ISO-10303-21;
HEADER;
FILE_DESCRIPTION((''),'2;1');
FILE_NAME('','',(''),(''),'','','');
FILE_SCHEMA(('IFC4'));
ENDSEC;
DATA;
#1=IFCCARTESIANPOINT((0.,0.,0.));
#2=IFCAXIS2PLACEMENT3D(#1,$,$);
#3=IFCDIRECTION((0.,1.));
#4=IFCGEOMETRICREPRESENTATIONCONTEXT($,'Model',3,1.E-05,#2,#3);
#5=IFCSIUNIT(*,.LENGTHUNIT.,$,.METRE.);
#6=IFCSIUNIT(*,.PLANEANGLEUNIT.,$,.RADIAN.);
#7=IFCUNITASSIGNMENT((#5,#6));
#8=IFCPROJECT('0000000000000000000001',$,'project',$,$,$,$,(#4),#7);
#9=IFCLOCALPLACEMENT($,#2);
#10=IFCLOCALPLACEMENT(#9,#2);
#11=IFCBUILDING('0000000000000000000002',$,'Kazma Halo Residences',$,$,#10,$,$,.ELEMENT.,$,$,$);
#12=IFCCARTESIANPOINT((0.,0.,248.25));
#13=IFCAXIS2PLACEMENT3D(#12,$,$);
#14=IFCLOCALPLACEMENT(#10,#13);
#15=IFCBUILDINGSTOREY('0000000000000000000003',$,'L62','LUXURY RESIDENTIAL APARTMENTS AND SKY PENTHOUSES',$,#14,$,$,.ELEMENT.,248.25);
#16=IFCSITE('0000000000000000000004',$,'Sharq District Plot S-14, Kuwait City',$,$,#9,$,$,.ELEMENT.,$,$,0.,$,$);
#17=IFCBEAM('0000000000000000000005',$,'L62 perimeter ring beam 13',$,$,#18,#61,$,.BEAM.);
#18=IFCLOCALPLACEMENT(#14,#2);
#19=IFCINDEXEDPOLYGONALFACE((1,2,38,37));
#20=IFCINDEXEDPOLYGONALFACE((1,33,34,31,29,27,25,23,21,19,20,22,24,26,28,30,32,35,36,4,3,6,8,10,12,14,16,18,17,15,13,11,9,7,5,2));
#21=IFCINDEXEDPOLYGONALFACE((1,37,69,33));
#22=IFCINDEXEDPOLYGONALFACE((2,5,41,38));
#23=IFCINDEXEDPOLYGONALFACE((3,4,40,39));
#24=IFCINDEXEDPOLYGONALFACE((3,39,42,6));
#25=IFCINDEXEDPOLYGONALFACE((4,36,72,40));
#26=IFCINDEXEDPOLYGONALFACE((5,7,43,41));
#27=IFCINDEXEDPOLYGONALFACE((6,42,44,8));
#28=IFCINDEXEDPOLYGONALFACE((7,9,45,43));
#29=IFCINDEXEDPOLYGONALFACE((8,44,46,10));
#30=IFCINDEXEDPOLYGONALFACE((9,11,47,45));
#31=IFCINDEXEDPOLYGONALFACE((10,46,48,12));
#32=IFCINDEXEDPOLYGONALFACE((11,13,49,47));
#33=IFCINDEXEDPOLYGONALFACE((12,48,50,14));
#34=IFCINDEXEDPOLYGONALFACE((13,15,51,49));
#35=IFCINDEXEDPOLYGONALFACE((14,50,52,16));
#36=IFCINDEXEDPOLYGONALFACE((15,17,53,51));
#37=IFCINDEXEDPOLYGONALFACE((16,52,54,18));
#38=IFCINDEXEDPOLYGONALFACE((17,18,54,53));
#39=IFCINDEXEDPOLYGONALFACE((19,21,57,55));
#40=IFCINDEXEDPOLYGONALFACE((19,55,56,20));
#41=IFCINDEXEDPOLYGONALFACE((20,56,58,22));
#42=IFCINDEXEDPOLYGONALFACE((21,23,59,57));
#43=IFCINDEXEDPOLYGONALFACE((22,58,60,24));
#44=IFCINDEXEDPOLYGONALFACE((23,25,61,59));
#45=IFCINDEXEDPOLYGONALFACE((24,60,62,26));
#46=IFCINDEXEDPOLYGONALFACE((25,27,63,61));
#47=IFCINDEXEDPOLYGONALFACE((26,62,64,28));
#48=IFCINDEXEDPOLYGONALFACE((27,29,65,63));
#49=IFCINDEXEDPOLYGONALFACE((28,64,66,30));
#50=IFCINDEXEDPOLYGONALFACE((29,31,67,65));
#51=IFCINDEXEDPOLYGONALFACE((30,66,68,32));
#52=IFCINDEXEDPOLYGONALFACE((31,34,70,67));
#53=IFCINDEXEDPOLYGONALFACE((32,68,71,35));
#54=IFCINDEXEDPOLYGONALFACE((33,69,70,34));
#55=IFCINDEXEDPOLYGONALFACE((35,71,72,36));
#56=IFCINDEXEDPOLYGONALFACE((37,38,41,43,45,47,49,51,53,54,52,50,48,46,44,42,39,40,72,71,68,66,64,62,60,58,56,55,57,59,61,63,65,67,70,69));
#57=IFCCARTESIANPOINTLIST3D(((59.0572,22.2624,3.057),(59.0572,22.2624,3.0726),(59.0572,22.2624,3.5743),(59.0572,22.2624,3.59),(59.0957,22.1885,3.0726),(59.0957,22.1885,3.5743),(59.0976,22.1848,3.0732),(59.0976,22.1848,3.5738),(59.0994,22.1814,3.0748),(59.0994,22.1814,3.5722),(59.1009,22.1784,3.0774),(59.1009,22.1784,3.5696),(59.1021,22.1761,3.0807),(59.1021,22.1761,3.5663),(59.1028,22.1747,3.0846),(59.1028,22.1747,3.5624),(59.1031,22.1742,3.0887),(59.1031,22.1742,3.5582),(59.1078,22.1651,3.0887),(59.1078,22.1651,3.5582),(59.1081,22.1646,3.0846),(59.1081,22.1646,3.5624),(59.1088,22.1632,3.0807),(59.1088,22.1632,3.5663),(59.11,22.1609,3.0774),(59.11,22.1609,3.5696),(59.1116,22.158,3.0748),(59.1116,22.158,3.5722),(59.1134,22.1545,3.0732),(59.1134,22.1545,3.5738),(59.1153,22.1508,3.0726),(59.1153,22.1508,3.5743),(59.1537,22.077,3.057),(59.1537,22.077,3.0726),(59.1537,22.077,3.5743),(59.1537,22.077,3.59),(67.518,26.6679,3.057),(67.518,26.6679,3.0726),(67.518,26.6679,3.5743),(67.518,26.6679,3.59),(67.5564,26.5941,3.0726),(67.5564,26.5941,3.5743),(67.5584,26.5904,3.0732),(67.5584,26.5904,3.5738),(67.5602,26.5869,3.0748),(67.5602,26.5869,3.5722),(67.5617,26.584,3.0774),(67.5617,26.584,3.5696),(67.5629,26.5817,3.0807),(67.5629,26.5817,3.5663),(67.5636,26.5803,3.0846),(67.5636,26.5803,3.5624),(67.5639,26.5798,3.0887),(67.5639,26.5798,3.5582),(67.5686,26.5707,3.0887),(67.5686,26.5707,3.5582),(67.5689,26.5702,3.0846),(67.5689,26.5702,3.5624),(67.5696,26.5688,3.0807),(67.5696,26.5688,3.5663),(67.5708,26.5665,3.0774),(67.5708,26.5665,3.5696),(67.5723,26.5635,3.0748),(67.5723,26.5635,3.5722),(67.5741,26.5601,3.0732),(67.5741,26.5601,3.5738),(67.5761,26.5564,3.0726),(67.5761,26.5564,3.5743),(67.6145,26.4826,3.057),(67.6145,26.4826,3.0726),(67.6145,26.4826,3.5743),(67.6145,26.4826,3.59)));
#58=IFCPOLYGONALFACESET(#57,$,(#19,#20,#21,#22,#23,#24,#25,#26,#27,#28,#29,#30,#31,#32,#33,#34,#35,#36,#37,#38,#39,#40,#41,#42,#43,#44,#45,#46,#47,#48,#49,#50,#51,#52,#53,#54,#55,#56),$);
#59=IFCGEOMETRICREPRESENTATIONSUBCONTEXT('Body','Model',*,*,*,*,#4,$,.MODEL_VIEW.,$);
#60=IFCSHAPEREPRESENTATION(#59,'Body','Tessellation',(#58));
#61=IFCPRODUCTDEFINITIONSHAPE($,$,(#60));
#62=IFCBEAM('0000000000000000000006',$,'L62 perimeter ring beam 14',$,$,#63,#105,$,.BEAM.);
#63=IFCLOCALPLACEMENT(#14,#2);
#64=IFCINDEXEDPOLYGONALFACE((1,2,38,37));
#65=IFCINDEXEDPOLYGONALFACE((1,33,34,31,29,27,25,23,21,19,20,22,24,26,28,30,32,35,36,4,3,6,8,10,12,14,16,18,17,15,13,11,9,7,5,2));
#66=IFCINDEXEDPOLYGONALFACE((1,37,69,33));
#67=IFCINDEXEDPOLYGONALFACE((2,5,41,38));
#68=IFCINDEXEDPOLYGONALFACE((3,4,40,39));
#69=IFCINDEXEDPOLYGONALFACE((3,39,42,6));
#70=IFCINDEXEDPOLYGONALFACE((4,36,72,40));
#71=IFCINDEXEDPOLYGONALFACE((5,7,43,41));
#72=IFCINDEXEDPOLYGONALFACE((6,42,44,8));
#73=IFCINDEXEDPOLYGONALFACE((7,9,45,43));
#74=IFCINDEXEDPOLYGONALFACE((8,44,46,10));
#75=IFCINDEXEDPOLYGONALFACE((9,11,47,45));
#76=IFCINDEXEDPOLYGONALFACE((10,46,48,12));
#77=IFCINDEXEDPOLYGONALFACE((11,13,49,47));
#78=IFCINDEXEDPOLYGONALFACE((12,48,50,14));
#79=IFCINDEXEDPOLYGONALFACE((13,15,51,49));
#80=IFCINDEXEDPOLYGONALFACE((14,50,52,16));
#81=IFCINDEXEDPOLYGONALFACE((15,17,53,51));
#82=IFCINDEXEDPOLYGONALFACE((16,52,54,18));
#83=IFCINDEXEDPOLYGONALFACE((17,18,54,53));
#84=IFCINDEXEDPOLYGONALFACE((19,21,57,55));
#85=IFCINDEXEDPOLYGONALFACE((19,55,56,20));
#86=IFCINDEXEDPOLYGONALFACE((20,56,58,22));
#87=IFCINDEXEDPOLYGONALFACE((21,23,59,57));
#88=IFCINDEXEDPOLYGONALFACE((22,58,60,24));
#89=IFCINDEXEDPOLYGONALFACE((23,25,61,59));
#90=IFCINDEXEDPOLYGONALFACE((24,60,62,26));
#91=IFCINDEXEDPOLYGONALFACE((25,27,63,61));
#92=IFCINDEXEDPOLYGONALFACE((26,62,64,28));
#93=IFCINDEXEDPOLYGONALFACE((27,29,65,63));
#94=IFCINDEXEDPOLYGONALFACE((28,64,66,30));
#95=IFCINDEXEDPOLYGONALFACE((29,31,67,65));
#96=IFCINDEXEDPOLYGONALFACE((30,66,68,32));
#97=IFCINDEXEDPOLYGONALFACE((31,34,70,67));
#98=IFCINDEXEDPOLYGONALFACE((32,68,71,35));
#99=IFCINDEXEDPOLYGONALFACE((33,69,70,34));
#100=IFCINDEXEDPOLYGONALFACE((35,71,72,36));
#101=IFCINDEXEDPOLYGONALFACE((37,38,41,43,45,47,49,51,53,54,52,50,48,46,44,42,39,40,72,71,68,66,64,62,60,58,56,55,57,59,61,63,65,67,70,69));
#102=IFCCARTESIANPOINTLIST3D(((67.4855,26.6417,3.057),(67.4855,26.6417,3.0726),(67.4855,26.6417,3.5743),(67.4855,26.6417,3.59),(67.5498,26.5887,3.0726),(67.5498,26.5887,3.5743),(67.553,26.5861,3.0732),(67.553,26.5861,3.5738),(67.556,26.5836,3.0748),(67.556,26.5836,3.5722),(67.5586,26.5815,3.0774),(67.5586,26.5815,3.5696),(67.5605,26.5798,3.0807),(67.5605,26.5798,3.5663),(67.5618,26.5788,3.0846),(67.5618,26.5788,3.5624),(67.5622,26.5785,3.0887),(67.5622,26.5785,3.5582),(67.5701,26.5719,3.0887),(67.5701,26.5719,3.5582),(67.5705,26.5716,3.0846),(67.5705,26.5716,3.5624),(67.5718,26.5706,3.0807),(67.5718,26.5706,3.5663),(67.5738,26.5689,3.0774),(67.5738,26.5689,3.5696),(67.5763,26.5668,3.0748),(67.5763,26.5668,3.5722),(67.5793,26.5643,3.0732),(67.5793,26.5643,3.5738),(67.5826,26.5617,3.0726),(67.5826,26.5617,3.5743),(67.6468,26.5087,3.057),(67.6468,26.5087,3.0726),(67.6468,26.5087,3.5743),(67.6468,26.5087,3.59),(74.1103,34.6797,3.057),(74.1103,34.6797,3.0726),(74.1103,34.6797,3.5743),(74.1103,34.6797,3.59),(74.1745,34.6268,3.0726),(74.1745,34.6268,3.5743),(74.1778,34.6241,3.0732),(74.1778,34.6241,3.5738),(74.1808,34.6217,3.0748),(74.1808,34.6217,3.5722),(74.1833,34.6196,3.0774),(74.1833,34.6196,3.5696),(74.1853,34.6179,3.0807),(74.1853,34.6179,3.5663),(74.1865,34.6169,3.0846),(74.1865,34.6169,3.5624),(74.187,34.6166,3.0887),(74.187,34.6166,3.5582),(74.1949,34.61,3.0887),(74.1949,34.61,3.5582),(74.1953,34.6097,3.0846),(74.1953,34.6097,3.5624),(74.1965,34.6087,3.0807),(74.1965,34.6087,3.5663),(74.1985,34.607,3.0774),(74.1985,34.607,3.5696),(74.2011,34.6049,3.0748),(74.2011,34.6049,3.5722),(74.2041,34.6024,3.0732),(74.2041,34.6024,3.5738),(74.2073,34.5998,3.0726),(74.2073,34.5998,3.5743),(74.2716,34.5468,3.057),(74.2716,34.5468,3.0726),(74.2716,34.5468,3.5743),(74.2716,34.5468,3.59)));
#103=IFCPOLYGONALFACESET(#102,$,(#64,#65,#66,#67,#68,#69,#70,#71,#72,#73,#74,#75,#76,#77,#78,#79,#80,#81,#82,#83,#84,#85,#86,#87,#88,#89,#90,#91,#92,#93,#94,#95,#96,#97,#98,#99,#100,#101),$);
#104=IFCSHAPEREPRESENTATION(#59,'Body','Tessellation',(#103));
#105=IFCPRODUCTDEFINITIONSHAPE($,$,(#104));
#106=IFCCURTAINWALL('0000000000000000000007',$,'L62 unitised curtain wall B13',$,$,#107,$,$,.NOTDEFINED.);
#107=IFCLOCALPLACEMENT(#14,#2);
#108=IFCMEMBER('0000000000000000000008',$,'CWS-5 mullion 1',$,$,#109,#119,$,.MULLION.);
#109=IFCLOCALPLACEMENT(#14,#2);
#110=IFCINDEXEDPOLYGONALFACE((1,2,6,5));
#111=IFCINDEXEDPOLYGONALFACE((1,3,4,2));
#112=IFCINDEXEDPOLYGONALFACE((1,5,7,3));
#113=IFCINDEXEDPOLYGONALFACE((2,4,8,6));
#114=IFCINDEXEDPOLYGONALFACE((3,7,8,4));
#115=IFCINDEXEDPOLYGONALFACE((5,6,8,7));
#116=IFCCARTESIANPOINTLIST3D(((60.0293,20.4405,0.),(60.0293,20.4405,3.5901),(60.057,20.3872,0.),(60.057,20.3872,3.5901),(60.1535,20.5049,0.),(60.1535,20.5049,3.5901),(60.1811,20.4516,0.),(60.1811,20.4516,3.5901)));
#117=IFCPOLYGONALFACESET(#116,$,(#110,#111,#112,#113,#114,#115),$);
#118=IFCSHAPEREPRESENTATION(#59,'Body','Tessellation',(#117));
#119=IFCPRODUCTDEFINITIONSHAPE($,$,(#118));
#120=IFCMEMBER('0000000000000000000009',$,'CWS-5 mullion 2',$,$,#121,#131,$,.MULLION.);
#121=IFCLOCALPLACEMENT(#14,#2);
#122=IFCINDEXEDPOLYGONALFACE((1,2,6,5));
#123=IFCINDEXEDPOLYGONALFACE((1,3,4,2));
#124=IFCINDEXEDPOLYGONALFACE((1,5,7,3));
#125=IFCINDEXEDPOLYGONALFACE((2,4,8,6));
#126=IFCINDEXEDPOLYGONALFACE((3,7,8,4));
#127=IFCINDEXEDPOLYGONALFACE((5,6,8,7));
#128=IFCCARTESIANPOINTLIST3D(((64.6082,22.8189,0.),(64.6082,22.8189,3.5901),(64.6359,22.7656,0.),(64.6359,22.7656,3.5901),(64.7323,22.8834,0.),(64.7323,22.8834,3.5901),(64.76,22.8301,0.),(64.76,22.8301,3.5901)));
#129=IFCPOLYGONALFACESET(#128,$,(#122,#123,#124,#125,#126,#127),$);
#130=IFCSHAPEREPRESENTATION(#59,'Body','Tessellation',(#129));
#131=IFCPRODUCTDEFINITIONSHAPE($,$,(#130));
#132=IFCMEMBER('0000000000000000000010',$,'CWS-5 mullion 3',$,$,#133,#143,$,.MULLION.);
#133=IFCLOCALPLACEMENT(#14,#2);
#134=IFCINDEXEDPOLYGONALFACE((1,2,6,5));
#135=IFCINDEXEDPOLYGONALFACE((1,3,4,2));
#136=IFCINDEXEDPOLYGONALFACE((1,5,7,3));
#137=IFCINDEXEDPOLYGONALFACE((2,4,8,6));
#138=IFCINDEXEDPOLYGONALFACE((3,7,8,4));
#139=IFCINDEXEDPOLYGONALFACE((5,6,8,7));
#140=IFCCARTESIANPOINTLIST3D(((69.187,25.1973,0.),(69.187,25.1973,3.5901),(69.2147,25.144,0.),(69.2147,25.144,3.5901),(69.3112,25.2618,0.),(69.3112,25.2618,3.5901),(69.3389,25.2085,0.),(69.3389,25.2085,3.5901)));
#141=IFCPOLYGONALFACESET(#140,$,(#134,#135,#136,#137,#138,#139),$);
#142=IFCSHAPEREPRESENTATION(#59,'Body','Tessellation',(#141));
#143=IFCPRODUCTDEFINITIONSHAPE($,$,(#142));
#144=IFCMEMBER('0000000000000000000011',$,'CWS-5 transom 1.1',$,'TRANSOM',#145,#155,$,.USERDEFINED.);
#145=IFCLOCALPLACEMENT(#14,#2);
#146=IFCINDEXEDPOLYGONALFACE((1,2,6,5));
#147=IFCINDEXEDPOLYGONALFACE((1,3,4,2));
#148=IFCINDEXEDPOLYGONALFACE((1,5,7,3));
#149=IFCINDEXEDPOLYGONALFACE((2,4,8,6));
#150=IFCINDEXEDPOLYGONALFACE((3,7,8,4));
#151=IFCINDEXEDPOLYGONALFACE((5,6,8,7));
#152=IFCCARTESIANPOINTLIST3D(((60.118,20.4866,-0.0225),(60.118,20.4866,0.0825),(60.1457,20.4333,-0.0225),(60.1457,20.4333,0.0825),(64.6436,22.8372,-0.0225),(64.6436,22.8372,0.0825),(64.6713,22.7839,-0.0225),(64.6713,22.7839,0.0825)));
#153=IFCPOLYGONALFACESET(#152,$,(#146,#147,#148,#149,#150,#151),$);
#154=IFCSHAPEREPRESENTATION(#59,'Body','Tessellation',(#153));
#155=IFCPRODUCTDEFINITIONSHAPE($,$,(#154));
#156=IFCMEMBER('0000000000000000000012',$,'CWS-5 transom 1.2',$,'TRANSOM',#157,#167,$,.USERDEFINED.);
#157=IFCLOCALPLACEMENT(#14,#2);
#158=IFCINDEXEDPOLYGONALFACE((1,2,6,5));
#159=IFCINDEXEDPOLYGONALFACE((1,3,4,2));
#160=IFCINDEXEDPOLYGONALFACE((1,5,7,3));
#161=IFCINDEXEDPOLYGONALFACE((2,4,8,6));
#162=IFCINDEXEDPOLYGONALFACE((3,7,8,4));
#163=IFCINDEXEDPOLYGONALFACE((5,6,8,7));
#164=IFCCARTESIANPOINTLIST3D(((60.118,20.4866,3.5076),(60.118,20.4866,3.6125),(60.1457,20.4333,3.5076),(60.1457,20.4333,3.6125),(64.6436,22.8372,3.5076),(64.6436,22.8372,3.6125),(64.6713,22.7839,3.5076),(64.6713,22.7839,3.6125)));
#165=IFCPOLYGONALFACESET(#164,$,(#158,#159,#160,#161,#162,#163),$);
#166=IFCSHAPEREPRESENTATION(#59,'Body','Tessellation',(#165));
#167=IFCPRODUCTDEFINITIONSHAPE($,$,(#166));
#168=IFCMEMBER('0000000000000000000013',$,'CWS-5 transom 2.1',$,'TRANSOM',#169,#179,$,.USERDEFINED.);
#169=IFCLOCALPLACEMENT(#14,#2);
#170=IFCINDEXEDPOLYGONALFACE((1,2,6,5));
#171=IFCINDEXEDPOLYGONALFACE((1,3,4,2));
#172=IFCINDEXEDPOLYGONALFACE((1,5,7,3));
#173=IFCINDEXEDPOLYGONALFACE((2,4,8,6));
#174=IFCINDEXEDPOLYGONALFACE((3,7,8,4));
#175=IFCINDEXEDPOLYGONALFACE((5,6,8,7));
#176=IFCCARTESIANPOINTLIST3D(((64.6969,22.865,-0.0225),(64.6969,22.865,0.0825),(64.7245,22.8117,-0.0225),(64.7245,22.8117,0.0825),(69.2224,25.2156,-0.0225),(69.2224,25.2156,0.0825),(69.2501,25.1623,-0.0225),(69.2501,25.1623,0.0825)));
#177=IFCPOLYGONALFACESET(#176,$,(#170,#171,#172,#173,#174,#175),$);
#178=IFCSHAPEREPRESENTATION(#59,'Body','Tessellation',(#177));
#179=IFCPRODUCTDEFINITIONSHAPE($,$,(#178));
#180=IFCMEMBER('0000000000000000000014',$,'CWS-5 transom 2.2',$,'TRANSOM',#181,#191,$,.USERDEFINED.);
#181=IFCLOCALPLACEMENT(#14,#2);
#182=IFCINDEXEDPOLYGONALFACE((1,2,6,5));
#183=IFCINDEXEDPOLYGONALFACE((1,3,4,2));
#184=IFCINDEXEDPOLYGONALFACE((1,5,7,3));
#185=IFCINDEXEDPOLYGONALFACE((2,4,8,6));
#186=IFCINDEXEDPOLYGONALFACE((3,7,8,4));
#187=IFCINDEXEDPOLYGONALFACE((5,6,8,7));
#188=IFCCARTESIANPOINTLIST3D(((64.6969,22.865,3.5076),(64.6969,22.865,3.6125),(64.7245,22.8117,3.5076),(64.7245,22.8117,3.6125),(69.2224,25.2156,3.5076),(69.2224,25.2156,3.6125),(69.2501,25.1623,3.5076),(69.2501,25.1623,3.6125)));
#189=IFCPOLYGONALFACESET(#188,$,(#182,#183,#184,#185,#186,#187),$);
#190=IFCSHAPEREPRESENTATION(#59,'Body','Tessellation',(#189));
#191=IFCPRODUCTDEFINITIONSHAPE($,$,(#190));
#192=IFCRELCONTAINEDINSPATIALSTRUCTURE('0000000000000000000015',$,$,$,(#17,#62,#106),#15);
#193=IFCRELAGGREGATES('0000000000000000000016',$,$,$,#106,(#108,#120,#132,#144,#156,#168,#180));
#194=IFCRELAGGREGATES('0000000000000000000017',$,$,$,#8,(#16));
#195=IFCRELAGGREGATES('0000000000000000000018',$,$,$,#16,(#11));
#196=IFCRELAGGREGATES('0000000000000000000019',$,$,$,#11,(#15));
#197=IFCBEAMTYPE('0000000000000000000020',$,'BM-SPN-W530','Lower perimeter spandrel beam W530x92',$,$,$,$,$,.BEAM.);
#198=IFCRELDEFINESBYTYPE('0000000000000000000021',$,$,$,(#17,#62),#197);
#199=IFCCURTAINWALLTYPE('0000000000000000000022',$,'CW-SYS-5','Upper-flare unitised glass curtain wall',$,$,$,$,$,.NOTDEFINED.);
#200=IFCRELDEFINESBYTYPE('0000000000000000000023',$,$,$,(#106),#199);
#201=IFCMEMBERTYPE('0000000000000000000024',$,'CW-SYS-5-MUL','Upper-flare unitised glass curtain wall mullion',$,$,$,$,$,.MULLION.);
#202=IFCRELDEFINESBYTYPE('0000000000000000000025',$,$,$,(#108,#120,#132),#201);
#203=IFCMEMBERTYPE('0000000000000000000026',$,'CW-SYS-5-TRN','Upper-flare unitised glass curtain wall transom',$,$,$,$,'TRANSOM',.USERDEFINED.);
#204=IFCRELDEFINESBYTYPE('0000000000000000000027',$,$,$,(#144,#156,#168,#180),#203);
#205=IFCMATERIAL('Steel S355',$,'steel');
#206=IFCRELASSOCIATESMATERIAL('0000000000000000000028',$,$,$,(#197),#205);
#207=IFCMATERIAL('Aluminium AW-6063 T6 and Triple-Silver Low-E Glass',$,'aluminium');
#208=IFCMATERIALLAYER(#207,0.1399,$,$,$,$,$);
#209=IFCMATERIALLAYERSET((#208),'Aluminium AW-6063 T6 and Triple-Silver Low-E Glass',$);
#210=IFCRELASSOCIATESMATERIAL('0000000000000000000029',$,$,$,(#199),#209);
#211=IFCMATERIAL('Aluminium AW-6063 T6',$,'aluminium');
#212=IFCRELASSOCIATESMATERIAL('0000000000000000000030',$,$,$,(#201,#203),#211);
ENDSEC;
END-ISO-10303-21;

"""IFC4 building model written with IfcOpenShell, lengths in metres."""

from ifc_helpers import new_model, si_unit, direction, frame, origin, origin_2d, place, context, subcontext, project, spatial, rectangle, i_section, extrude, material, layer, layer_set, material_profile, profile_set, type_object, element, aggregate, save


model = new_model("IFC4")

# Units and contexts
model_context = context("Model", 3, precision=1e-05, world=origin(), true_north=direction((0.0, 1.0)))
body_context = subcontext(model_context, "Body", "Model", "MODEL_VIEW")
ifc_project = project(units=[si_unit("LENGTHUNIT", "METRE"), si_unit("PLANEANGLEUNIT", "RADIAN")], contexts=[model_context])

# Site, building, storey
site_placement = place(None, origin())
site = spatial("IfcSite", under=ifc_project, at=site_placement, Name="Sharq District Plot S-14, Kuwait City", CompositionType="ELEMENT", RefElevation=0.0)
building_placement = place(site_placement, origin())
building = spatial("IfcBuilding", under=site, at=building_placement, Name="Kazma Halo Residences", CompositionType="ELEMENT")
storey_placement = place(building_placement, frame((0.0, 0.0, 248.25)))
storey = spatial("IfcBuildingStorey", under=building, at=storey_placement, Name="L62", Description="LUXURY RESIDENTIAL APARTMENTS AND SKY PENTHOUSES", CompositionType="ELEMENT", Elevation=248.25)

# Beams
ifc_material_1 = material(Name="Steel S355", Category="steel")
ifc_material_profile_1 = material_profile(ifc_material_1, i_section(OverallWidth=0.209, OverallDepth=0.533, WebThickness=0.0103, FlangeThickness=0.0156, FilletRadius=0.0161, at=origin_2d()), Name="W530x92")
ifc_profile_set_1 = profile_set([ifc_material_profile_1], Name="Steel S355")
beam_type_1 = type_object("IfcBeamType", Name="BM-SPN-W530", Description="Lower perimeter spandrel beam W530x92", PredefinedType="BEAM", material=ifc_profile_set_1)
beam_1_placement = place(storey_placement, frame((59.1055, 22.1697, 3.3235), z_axis=(0.886961, 0.461844, 0.0), x_axis=(-0.461844, 0.886961, 0.0)))
element("IfcBeam", 1, at=beam_1_placement, inside=storey, type_object=beam_type_1, Name="L62 perimeter ring beam 13", PredefinedType="BEAM", context=body_context, shape_type="SweptSolid", body=[
    extrude(i_section(OverallWidth=0.209, OverallDepth=0.533, WebThickness=0.0103, FlangeThickness=0.0156, FilletRadius=0.0161, at=origin_2d()), origin(), (0.0, 0.0, 1.0), 9.5391),
])
beam_2_placement = place(storey_placement, frame((67.5662, 26.5752, 3.3235), z_axis=(0.636002, 0.771687, 0.0), x_axis=(-0.771687, 0.636002, 0.0)))
element("IfcBeam", 2, at=beam_2_placement, inside=storey, type_object=beam_type_1, Name="L62 perimeter ring beam 14", PredefinedType="BEAM", context=body_context, shape_type="SweptSolid", body=[
    extrude(i_section(OverallWidth=0.209, OverallDepth=0.533, WebThickness=0.0103, FlangeThickness=0.0156, FilletRadius=0.0161, at=origin_2d()), origin(), (0.0, 0.0, 1.0), 10.4163),
])

# Curtain wall, members
ifc_material_2 = material(Name="Aluminium AW-6063 T6 and Triple-Silver Low-E Glass", Category="aluminium")
ifc_layer_1 = layer(ifc_material_2, 0.1399)
ifc_layer_set_1 = layer_set([ifc_layer_1], Name="Aluminium AW-6063 T6 and Triple-Silver Low-E Glass")
curtain_wall_type = type_object("IfcCurtainWallType", Name="CW-SYS-5", Description="Upper-flare unitised glass curtain wall", PredefinedType="NOTDEFINED", material=ifc_layer_set_1)
curtain_wall_placement = place(storey_placement, origin())
curtain_wall = element("IfcCurtainWall", 3, at=curtain_wall_placement, inside=storey, type_object=curtain_wall_type, Name="L62 unitised curtain wall B13", PredefinedType="NOTDEFINED")
ifc_material_3 = material(Name="Aluminium AW-6063 T6", Category="aluminium")
ifc_material_profile_2 = material_profile(ifc_material_3, rectangle(XDim=0.0601, YDim=0.1399, at=origin_2d()), Name="CWM-60x140")
ifc_profile_set_2 = profile_set([ifc_material_profile_2], Name="Aluminium AW-6063 T6")
member_type_1 = type_object("IfcMemberType", Name="CW-SYS-5-MUL", Description="Upper-flare unitised glass curtain wall mullion", PredefinedType="MULLION", material=ifc_profile_set_2)
member_1_placement = place(storey_placement, frame((60.1052, 20.446, 0.0), z_axis=(0.0, 0.0, 1.0), x_axis=(-0.460961, 0.887421, 0.0)))
member_1 = element("IfcMember", 4, at=member_1_placement, type_object=member_type_1, Name="CWS-5 mullion 1", PredefinedType="MULLION", context=body_context, shape_type="SweptSolid", body=[
    extrude(rectangle(XDim=0.0601, YDim=0.1399, at=origin_2d()), origin(), (0.0, 0.0, 1.0), 3.5901),
])
member_2_placement = place(storey_placement, frame((64.6841, 22.8245, 0.0), z_axis=(0.0, 0.0, 1.0), x_axis=(-0.460961, 0.887421, 0.0)))
member_2 = element("IfcMember", 5, at=member_2_placement, type_object=member_type_1, Name="CWS-5 mullion 2", PredefinedType="MULLION", context=body_context, shape_type="SweptSolid", body=[
    extrude(rectangle(XDim=0.0601, YDim=0.1399, at=origin_2d()), origin(), (0.0, 0.0, 1.0), 3.5901),
])
member_3_placement = place(storey_placement, frame((69.2629, 25.2029, 0.0), z_axis=(0.0, 0.0, 1.0), x_axis=(-0.460961, 0.887421, 0.0)))
member_3 = element("IfcMember", 6, at=member_3_placement, type_object=member_type_1, Name="CWS-5 mullion 3", PredefinedType="MULLION", context=body_context, shape_type="SweptSolid", body=[
    extrude(rectangle(XDim=0.0601, YDim=0.1399, at=origin_2d()), origin(), (0.0, 0.0, 1.0), 3.5901),
])
ifc_material_profile_3 = material_profile(ifc_material_3, rectangle(XDim=0.0601, YDim=0.105, at=origin_2d()), Name="CWT-60x105")
ifc_profile_set_3 = profile_set([ifc_material_profile_3], Name="Aluminium AW-6063 T6")
member_type_2 = type_object("IfcMemberType", Name="CW-SYS-5-TRN", Description="Upper-flare unitised glass curtain wall transom", ElementType="TRANSOM", PredefinedType="USERDEFINED", material=ifc_profile_set_3)
member_4_placement = place(storey_placement, frame((60.1318, 20.46, 0.03), z_axis=(0.887437, 0.460929, 0.0), x_axis=(-0.460929, 0.887437, 0.0)))
member_4 = element("IfcMember", 7, at=member_4_placement, type_object=member_type_2, Name="CWS-5 transom 1.1", ObjectType="TRANSOM", PredefinedType="USERDEFINED", context=body_context, shape_type="SweptSolid", body=[
    extrude(rectangle(XDim=0.0601, YDim=0.105, at=origin_2d()), origin(), (0.0, 0.0, 1.0), 5.0996),
])
member_5_placement = place(storey_placement, frame((60.1318, 20.46, 3.5601), z_axis=(0.887437, 0.460929, 0.0), x_axis=(-0.460929, 0.887437, 0.0)))
member_5 = element("IfcMember", 8, at=member_5_placement, type_object=member_type_2, Name="CWS-5 transom 1.2", ObjectType="TRANSOM", PredefinedType="USERDEFINED", context=body_context, shape_type="SweptSolid", body=[
    extrude(rectangle(XDim=0.0601, YDim=0.105, at=origin_2d()), origin(), (0.0, 0.0, 1.0), 5.0996),
])
member_6_placement = place(storey_placement, frame((64.7107, 22.8384, 0.03), z_axis=(0.887437, 0.460929, 0.0), x_axis=(-0.460929, 0.887437, 0.0)))
member_6 = element("IfcMember", 9, at=member_6_placement, type_object=member_type_2, Name="CWS-5 transom 2.1", ObjectType="TRANSOM", PredefinedType="USERDEFINED", context=body_context, shape_type="SweptSolid", body=[
    extrude(rectangle(XDim=0.0601, YDim=0.105, at=origin_2d()), origin(), (0.0, 0.0, 1.0), 5.0996),
])
member_7_placement = place(storey_placement, frame((64.7107, 22.8384, 3.5601), z_axis=(0.887437, 0.460929, 0.0), x_axis=(-0.460929, 0.887437, 0.0)))
member_7 = element("IfcMember", 10, at=member_7_placement, type_object=member_type_2, Name="CWS-5 transom 2.2", ObjectType="TRANSOM", PredefinedType="USERDEFINED", context=body_context, shape_type="SweptSolid", body=[
    extrude(rectangle(XDim=0.0601, YDim=0.105, at=origin_2d()), origin(), (0.0, 0.0, 1.0), 5.0996),
])
aggregate(curtain_wall, [member_1, member_2, member_3, member_4, member_5, member_6, member_7])

save(model, "model.ifc")
